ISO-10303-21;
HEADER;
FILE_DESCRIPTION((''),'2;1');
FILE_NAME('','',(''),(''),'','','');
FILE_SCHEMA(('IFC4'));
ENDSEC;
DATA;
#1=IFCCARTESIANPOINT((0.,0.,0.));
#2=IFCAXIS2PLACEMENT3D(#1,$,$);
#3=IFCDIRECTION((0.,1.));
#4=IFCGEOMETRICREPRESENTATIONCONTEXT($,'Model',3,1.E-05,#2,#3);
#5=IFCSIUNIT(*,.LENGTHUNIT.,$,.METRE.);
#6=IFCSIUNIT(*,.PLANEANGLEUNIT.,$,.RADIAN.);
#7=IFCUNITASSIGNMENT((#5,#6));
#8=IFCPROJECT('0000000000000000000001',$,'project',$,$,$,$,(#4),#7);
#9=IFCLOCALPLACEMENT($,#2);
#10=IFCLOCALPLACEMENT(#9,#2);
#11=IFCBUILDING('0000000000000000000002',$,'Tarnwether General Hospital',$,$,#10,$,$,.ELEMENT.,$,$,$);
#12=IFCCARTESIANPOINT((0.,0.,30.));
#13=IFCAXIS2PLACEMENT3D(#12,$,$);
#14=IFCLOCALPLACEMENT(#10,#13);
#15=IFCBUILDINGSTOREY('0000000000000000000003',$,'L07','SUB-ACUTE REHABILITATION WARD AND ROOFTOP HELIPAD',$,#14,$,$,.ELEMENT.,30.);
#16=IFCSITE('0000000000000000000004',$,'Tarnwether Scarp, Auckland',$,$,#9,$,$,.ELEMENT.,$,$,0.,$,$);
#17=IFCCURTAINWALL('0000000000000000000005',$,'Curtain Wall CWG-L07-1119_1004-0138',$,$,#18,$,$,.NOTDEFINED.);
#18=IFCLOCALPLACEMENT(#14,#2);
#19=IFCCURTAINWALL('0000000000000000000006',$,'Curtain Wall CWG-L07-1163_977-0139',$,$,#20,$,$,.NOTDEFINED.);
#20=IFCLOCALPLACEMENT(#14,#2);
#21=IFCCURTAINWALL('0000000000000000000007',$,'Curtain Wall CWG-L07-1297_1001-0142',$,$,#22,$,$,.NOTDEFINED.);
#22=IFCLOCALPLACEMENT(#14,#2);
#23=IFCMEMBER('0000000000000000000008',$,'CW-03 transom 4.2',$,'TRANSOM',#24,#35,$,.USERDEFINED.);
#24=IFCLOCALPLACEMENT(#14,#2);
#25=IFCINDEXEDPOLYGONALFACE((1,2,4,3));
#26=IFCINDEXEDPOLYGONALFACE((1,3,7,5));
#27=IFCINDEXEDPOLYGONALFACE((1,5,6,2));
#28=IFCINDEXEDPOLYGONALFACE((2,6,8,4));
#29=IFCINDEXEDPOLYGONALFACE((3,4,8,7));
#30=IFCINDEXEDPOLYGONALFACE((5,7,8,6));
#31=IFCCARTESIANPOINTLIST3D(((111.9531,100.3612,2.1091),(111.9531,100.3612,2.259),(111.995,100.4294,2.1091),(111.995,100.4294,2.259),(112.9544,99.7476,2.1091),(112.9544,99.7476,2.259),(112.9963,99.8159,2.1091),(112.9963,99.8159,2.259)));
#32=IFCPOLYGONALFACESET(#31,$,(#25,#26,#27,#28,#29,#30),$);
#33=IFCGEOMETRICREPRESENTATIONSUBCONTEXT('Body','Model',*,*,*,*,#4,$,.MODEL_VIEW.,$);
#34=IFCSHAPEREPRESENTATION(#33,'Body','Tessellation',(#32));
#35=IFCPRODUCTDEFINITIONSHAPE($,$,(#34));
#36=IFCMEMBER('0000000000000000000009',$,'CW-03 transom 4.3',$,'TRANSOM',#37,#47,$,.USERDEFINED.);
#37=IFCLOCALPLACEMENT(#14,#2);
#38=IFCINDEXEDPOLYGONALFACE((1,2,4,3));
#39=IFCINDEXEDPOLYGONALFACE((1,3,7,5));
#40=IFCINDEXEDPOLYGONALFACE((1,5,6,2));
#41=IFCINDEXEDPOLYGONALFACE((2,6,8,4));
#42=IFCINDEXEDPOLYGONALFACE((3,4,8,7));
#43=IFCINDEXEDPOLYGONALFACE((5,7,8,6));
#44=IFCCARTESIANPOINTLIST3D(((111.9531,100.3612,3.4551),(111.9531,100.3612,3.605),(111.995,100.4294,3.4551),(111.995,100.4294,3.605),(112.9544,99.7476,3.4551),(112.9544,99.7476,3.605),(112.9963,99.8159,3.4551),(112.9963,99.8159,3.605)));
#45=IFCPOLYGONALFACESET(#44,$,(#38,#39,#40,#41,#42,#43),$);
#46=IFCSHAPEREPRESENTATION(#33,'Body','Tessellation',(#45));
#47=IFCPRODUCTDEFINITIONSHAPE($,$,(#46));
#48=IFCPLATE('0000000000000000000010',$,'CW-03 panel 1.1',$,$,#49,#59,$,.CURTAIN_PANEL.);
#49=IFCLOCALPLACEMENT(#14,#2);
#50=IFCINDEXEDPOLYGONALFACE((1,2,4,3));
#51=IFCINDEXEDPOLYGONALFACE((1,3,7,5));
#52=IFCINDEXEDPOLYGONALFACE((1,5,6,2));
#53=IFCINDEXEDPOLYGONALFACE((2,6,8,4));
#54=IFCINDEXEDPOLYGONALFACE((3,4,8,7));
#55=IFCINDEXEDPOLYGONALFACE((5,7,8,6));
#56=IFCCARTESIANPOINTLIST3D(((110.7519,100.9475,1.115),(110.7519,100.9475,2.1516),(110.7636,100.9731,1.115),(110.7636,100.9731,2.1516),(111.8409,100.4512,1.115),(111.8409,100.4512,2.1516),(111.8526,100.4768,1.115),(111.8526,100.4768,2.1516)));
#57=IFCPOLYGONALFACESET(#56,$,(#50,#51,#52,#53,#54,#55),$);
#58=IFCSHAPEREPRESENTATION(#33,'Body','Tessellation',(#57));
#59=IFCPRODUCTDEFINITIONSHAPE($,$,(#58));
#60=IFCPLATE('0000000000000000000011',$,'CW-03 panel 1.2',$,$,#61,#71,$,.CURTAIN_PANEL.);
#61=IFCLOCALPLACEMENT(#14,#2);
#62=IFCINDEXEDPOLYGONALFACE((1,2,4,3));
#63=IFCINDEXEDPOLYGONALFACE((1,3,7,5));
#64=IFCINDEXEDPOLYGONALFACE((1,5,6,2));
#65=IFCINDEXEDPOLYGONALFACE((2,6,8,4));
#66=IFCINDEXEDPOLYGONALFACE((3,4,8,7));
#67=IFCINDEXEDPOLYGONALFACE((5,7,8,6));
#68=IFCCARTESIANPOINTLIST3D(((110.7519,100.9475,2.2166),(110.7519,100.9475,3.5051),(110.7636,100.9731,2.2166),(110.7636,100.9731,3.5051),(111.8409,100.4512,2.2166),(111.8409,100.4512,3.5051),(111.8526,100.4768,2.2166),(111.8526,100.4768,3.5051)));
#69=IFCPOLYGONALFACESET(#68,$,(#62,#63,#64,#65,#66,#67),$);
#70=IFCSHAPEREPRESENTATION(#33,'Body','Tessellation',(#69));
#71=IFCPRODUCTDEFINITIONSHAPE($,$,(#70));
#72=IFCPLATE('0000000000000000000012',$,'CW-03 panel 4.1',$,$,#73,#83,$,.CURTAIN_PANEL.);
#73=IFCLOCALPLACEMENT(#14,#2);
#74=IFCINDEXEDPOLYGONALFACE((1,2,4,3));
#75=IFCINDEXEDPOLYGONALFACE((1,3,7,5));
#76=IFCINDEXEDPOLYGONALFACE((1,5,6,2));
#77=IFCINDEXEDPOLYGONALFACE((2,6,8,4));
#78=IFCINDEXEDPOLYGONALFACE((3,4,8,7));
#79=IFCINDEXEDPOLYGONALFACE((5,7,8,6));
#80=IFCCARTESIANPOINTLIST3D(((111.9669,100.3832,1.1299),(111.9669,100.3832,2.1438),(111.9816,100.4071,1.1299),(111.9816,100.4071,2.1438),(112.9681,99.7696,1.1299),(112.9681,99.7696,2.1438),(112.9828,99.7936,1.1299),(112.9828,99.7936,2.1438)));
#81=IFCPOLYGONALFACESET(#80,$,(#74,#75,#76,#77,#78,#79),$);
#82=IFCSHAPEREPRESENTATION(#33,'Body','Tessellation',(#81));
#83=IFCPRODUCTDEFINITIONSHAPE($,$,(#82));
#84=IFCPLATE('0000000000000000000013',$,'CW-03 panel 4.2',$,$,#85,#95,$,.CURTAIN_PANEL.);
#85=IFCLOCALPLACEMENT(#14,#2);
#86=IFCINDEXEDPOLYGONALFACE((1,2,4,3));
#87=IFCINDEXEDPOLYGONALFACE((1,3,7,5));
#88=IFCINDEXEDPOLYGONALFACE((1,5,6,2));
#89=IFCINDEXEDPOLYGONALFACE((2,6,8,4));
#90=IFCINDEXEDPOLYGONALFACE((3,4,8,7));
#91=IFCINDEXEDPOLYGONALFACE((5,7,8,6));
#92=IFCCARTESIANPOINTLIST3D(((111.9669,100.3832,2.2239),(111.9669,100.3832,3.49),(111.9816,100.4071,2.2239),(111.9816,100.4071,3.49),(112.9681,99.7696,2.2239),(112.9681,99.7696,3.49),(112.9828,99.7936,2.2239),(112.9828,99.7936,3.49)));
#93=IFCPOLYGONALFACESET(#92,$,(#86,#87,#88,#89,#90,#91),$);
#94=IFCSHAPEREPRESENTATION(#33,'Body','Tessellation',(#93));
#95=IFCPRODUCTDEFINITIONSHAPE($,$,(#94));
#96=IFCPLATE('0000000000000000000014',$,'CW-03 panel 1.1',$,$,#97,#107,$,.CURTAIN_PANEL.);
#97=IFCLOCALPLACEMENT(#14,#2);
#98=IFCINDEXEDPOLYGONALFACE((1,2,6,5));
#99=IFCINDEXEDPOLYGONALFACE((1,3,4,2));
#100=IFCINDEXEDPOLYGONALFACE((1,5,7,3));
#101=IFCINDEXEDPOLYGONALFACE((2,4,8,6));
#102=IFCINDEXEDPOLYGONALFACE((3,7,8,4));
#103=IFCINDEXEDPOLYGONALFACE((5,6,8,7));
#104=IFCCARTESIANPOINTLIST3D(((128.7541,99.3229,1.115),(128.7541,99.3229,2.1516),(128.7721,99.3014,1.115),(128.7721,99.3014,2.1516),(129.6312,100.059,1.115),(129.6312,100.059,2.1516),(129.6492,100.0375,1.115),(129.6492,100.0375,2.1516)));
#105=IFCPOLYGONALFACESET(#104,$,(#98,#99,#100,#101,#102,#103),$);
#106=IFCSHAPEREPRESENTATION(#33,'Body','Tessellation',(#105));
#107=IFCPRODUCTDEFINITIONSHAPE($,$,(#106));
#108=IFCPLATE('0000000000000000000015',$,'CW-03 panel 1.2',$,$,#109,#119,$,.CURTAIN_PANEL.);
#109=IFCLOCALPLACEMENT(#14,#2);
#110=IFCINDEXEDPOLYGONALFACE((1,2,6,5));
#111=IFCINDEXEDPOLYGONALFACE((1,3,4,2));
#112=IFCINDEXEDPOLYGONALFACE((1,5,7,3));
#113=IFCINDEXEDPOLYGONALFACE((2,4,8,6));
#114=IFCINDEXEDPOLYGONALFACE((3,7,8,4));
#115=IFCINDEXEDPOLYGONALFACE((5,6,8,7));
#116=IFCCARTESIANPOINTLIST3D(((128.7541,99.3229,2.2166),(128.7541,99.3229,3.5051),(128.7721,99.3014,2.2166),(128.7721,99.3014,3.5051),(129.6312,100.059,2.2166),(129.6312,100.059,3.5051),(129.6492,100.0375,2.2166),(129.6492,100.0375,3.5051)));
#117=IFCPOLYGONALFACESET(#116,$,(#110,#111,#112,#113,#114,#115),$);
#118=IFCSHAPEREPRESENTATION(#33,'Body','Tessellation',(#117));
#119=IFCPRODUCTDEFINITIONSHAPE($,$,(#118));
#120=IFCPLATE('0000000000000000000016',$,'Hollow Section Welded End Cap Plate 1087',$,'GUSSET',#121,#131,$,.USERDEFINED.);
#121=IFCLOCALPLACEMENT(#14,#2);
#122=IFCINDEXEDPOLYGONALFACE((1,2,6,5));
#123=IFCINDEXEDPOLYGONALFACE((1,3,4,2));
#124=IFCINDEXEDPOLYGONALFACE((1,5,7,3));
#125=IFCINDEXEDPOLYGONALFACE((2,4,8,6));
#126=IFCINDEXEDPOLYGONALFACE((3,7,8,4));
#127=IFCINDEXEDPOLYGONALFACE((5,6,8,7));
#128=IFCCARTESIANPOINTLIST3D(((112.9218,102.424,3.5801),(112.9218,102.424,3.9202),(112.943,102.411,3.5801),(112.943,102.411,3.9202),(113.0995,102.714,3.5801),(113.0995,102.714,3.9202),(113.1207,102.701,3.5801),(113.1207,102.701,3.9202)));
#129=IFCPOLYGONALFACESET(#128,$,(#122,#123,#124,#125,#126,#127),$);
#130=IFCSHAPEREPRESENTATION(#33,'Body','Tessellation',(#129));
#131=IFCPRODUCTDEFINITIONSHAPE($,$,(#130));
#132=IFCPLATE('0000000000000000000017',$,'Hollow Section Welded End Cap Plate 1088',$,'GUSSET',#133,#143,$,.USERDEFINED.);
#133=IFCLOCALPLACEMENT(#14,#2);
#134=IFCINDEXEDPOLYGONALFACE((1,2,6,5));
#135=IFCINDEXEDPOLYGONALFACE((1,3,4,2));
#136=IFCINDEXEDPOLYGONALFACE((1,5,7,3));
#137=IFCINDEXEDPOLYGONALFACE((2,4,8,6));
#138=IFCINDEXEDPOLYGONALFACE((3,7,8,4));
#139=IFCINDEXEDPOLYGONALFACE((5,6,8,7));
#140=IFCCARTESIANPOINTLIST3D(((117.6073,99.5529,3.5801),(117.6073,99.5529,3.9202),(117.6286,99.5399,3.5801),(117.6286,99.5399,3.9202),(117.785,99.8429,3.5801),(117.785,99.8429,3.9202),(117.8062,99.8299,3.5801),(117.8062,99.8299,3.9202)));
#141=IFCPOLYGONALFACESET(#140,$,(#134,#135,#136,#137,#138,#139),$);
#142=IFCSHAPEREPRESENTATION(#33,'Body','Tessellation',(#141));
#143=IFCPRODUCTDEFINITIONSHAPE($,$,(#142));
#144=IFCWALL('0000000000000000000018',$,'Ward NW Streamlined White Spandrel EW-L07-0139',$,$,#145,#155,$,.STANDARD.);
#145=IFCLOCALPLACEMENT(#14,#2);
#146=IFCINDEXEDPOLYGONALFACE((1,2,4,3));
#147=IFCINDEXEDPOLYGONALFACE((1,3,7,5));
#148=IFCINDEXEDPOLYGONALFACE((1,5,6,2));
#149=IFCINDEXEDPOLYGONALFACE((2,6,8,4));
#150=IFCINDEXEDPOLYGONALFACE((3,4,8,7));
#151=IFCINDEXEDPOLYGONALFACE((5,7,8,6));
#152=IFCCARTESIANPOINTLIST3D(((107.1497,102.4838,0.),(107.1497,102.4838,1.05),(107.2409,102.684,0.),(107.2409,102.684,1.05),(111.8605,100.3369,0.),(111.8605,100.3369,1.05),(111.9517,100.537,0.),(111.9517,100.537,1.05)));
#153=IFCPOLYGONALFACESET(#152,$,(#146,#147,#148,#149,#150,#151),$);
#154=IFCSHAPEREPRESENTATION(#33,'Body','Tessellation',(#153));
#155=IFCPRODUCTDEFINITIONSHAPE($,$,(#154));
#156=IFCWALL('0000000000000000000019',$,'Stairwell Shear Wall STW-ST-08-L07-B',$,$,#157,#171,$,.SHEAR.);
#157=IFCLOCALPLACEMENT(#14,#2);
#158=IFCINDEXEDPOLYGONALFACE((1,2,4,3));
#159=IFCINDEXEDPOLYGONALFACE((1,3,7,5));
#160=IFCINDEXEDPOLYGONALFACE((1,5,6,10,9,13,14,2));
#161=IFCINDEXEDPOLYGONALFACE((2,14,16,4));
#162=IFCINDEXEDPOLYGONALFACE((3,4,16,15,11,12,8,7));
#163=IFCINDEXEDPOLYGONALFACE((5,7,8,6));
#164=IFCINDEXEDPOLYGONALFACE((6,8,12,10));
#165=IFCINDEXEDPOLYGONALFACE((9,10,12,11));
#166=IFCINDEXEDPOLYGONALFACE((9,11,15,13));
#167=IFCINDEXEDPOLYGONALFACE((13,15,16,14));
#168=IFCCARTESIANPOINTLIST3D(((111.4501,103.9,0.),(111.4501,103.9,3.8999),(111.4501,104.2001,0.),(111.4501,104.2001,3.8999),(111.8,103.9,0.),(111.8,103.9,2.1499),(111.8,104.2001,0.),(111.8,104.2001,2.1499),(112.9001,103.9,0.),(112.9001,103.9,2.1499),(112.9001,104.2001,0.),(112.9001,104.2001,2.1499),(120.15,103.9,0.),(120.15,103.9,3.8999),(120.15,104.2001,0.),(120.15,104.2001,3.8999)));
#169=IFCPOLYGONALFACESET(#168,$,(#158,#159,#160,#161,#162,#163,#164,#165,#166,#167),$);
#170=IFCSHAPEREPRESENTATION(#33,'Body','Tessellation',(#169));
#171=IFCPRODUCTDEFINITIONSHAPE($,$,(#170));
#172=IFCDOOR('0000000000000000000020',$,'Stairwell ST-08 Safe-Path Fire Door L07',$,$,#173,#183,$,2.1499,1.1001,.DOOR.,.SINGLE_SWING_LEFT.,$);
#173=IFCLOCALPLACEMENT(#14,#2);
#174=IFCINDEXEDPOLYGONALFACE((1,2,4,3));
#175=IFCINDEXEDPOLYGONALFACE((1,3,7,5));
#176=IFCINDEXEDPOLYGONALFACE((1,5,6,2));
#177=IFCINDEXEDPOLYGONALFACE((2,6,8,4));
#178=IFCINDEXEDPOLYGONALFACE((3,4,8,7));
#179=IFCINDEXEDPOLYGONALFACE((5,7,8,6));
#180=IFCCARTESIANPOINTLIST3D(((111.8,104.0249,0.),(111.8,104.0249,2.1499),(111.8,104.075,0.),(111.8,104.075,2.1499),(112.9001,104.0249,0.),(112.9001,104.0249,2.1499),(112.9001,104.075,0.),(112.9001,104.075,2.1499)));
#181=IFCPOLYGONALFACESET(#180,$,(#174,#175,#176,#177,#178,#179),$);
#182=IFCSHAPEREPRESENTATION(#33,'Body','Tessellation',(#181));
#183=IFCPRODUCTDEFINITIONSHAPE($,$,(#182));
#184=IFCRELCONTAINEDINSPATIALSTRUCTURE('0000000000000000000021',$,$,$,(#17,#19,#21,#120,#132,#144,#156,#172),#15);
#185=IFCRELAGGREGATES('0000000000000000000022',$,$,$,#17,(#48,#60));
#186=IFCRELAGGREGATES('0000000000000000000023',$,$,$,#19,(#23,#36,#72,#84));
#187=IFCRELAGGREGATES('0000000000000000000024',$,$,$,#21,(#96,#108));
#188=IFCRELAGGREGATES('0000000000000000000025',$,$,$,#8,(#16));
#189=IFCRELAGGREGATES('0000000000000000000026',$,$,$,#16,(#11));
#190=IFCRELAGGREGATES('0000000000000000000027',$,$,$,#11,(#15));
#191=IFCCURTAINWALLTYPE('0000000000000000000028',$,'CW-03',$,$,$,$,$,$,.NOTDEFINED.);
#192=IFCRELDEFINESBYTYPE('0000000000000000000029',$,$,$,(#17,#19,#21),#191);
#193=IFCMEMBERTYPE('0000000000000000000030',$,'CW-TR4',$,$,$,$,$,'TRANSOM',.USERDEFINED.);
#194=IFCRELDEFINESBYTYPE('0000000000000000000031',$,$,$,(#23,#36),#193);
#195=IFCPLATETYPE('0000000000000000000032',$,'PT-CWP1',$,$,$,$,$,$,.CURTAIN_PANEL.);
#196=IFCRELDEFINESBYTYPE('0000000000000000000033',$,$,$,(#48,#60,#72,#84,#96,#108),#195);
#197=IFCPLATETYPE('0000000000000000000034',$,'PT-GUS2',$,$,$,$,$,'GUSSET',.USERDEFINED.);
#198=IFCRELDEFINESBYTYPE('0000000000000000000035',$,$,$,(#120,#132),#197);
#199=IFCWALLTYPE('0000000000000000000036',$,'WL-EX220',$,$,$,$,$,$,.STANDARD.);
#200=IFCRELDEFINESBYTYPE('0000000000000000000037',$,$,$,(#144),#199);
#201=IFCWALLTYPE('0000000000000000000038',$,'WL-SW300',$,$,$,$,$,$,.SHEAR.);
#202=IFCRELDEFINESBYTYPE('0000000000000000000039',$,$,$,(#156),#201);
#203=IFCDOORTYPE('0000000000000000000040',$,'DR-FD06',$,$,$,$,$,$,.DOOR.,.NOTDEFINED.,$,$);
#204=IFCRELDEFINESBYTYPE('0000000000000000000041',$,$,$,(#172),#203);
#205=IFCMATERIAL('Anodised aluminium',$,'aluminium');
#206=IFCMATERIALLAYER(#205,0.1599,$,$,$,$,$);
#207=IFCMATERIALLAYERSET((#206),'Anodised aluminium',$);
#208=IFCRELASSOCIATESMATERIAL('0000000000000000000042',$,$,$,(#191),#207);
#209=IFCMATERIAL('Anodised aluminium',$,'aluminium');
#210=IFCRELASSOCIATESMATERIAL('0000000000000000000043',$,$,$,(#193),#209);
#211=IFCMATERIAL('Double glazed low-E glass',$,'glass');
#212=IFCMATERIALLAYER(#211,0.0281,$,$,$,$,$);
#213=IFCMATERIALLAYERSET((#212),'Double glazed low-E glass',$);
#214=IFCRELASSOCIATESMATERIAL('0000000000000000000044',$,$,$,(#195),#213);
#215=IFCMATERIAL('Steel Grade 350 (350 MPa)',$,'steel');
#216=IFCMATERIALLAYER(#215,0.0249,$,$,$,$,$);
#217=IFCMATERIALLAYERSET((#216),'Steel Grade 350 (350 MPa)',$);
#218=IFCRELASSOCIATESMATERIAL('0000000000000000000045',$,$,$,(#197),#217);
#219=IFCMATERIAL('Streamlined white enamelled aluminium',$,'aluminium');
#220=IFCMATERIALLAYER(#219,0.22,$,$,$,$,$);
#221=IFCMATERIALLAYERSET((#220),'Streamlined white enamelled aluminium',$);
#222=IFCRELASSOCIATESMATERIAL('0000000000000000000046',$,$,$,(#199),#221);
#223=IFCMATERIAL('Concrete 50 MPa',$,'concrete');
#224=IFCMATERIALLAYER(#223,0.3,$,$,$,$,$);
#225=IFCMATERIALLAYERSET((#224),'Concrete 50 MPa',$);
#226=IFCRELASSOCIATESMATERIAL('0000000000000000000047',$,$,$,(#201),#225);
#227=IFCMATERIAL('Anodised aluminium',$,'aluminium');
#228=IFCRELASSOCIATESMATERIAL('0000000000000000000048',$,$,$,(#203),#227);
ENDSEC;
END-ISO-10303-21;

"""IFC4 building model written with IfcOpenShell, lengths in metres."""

from ifc_helpers import new_model, si_unit, direction, frame, frame_2d, origin, origin_2d, place, context, subcontext, project, spatial, rectangle, extrude, material, layer, layer_set, material_profile, profile_set, type_object, element, fill, aggregate, save


model = new_model("IFC4")

# Units and contexts
model_context = context("Model", 3, precision=1e-05, world=origin(), true_north=direction((0.0, 1.0)))
body_context = subcontext(model_context, "Body", "Model", "MODEL_VIEW")
ifc_project = project(units=[si_unit("LENGTHUNIT", "METRE"), si_unit("PLANEANGLEUNIT", "RADIAN")], contexts=[model_context])

# Site, building, storey
site_placement = place(None, origin())
site = spatial("IfcSite", under=ifc_project, at=site_placement, Name="Tarnwether Scarp, Auckland", CompositionType="ELEMENT", RefElevation=0.0)
building_placement = place(site_placement, origin())
building = spatial("IfcBuilding", under=site, at=building_placement, Name="Tarnwether General Hospital", CompositionType="ELEMENT")
storey_placement = place(building_placement, frame((0.0, 0.0, 30.0)))
storey = spatial("IfcBuildingStorey", under=building, at=storey_placement, Name="L07", Description="SUB-ACUTE REHABILITATION WARD AND ROOFTOP HELIPAD", CompositionType="ELEMENT", Elevation=30.0)

# Curtain walls
ifc_material_1 = material(Name="Anodised aluminium", Category="aluminium")
ifc_layer_1 = layer(ifc_material_1, 0.1599)
ifc_layer_set_1 = layer_set([ifc_layer_1], Name="Anodised aluminium")
curtain_wall_type = type_object("IfcCurtainWallType", Name="CW-03", PredefinedType="NOTDEFINED", material=ifc_layer_set_1)
curtain_wall_1_placement = place(storey_placement, origin())
curtain_wall_1 = element("IfcCurtainWall", 1, at=curtain_wall_1_placement, inside=storey, type_object=curtain_wall_type, Name="Curtain Wall CWG-L07-1119_1004-0138", PredefinedType="NOTDEFINED")
curtain_wall_2_placement = place(storey_placement, origin())
curtain_wall_2 = element("IfcCurtainWall", 2, at=curtain_wall_2_placement, inside=storey, type_object=curtain_wall_type, Name="Curtain Wall CWG-L07-1163_977-0139", PredefinedType="NOTDEFINED")

# Curtain wall
curtain_wall_3_placement = place(storey_placement, origin())
curtain_wall_3 = element("IfcCurtainWall", 3, at=curtain_wall_3_placement, inside=storey, type_object=curtain_wall_type, Name="Curtain Wall CWG-L07-1297_1001-0142", PredefinedType="NOTDEFINED")

# Members
ifc_material_2 = material(Name="Anodised aluminium", Category="aluminium")
ifc_material_profile_1 = material_profile(ifc_material_2, rectangle(XDim=0.0801, YDim=0.1499, at=origin_2d()), Name="ALU-TRN-80x150")
ifc_profile_set_1 = profile_set([ifc_material_profile_1], Name="Anodised aluminium")
member_type_1 = type_object("IfcMemberType", Name="CW-TR4", ElementType="TRANSOM", PredefinedType="USERDEFINED", material=ifc_profile_set_1)
member_1_placement = place(storey_placement, frame((112.9753, 99.7817, 2.1841), z_axis=(-0.852649, 0.522484, 0.0), x_axis=(-0.522484, -0.852649, 0.0)))
member_1 = element("IfcMember", 4, at=member_1_placement, type_object=member_type_1, Name="CW-03 transom 4.2", ObjectType="TRANSOM", PredefinedType="USERDEFINED", context=body_context, shape_type="SweptSolid", body=[
    extrude(rectangle(XDim=0.0801, YDim=0.1499, at=origin_2d()), origin(), (0.0, 0.0, 1.0), 1.1743),
])
member_2_placement = place(storey_placement, frame((112.9753, 99.7817, 3.53), z_axis=(-0.852649, 0.522484, 0.0), x_axis=(-0.522484, -0.852649, 0.0)))
member_2 = element("IfcMember", 5, at=member_2_placement, type_object=member_type_1, Name="CW-03 transom 4.3", ObjectType="TRANSOM", PredefinedType="USERDEFINED", context=body_context, shape_type="SweptSolid", body=[
    extrude(rectangle(XDim=0.0801, YDim=0.1499, at=origin_2d()), origin(), (0.0, 0.0, 1.0), 1.1743),
])

# Plates
ifc_material_3 = material(Name="Double glazed low-E glass", Category="glass")
ifc_layer_2 = layer(ifc_material_3, 0.0281)
ifc_layer_set_2 = layer_set([ifc_layer_2], Name="Double glazed low-E glass")
plate_type_1 = type_object("IfcPlateType", Name="PT-CWP1", PredefinedType="CURTAIN_PANEL", material=ifc_layer_set_2)
plate_1_placement = place(storey_placement, frame((111.3022, 100.7122, 1.115), z_axis=(0.0, 0.0, 1.0), x_axis=(-0.909956, 0.414705, 0.0)))
plate_1 = element("IfcPlate", 6, at=plate_1_placement, type_object=plate_type_1, Name="CW-03 panel 1.1", PredefinedType="CURTAIN_PANEL", context=body_context, shape_type="SweptSolid", body=[
    extrude(rectangle(XDim=1.1968, YDim=0.0281, at=origin_2d()), origin(), (0.0, 0.0, 1.0), 1.0366),
])
plate_2_placement = place(storey_placement, frame((111.3022, 100.7122, 2.2166), z_axis=(0.0, 0.0, 1.0), x_axis=(-0.909956, 0.414705, 0.0)))
plate_2 = element("IfcPlate", 7, at=plate_2_placement, type_object=plate_type_1, Name="CW-03 panel 1.2", PredefinedType="CURTAIN_PANEL", context=body_context, shape_type="SweptSolid", body=[
    extrude(rectangle(XDim=1.1968, YDim=0.0281, at=origin_2d()), origin(), (0.0, 0.0, 1.0), 1.2886),
])
aggregate(curtain_wall_1, [plate_1, plate_2])
plate_3_placement = place(storey_placement, frame((112.4749, 100.0884, 1.1299), z_axis=(0.0, 0.0, 1.0), x_axis=(-0.852632, 0.522512, 0.0)))
plate_3 = element("IfcPlate", 8, at=plate_3_placement, type_object=plate_type_1, Name="CW-03 panel 4.1", PredefinedType="CURTAIN_PANEL", context=body_context, shape_type="SweptSolid", body=[
    extrude(rectangle(XDim=1.1743, YDim=0.0281, at=origin_2d()), origin(), (0.0, 0.0, 1.0), 1.0139),
])
plate_4_placement = place(storey_placement, frame((112.4749, 100.0884, 2.2239), z_axis=(0.0, 0.0, 1.0), x_axis=(-0.852632, 0.522512, 0.0)))
plate_4 = element("IfcPlate", 9, at=plate_4_placement, type_object=plate_type_1, Name="CW-03 panel 4.2", PredefinedType="CURTAIN_PANEL", context=body_context, shape_type="SweptSolid", body=[
    extrude(rectangle(XDim=1.1743, YDim=0.0281, at=origin_2d()), origin(), (0.0, 0.0, 1.0), 1.2661),
])
aggregate(curtain_wall_2, [member_1, member_2, plate_3, plate_4])
plate_5_placement = place(storey_placement, frame((129.2017, 99.6802, 1.115), z_axis=(0.0, 0.0, 1.0), x_axis=(-0.76599, -0.642852, 0.0)))
plate_5 = element("IfcPlate", 10, at=plate_5_placement, type_object=plate_type_1, Name="CW-03 panel 1.1", PredefinedType="CURTAIN_PANEL", context=body_context, shape_type="SweptSolid", body=[
    extrude(rectangle(XDim=1.145, YDim=0.0281, at=origin_2d()), origin(), (0.0, 0.0, 1.0), 1.0366),
])
plate_6_placement = place(storey_placement, frame((129.2017, 99.6802, 2.2166), z_axis=(0.0, 0.0, 1.0), x_axis=(-0.76599, -0.642852, 0.0)))
plate_6 = element("IfcPlate", 11, at=plate_6_placement, type_object=plate_type_1, Name="CW-03 panel 1.2", PredefinedType="CURTAIN_PANEL", context=body_context, shape_type="SweptSolid", body=[
    extrude(rectangle(XDim=1.145, YDim=0.0281, at=origin_2d()), origin(), (0.0, 0.0, 1.0), 1.2886),
])
aggregate(curtain_wall_3, [plate_5, plate_6])

# Plates
ifc_material_4 = material(Name="Steel Grade 350 (350 MPa)", Category="steel")
ifc_layer_3 = layer(ifc_material_4, 0.0249)
ifc_layer_set_3 = layer_set([ifc_layer_3], Name="Steel Grade 350 (350 MPa)")
plate_type_2 = type_object("IfcPlateType", Name="PT-GUS2", ElementType="GUSSET", PredefinedType="USERDEFINED", material=ifc_layer_set_3)
for number, where, z_axis, x_axis, name in (
    (12, (113.0212, 102.5625, 3.5801), (0.0, 0.0, 1.0), (0.852649, -0.522484, 0.0), "Hollow Section Welded End Cap Plate 1087"),
    (13, (117.7068, 99.6914, 3.5801), (0.0, 0.0, 1.0), (0.852649, -0.522484, 0.0), "Hollow Section Welded End Cap Plate 1088"),
):
    element("IfcPlate", number, at=place(storey_placement, frame(where, z_axis=z_axis, x_axis=x_axis)), inside=storey, type_object=plate_type_2, Name=name, ObjectType="GUSSET", PredefinedType="USERDEFINED", context=body_context, shape_type="SweptSolid", body=[
        extrude(rectangle(XDim=0.0249, YDim=0.3401, at=origin_2d()), origin(), (0.0, 0.0, 1.0), 0.3401),
    ])

# Wall
ifc_material_5 = material(Name="Streamlined white enamelled aluminium", Category="aluminium")
ifc_layer_4 = layer(ifc_material_5, 0.22)
ifc_layer_set_4 = layer_set([ifc_layer_4], Name="Streamlined white enamelled aluminium")
wall_type_1 = type_object("IfcWallType", Name="WL-EX220", PredefinedType="STANDARD", material=ifc_layer_set_4)
wall_1_placement = place(storey_placement, frame((111.906, 100.437, 0.0), z_axis=(0.0, 0.0, 1.0), x_axis=(-0.909956, 0.414705, 0.0)))
element("IfcWall", 14, at=wall_1_placement, inside=storey, type_object=wall_type_1, Name="Ward NW Streamlined White Spandrel EW-L07-0139", PredefinedType="STANDARD", context=body_context, shape_type="SweptSolid", body=[
    extrude(rectangle(XDim=5.177, YDim=0.22, at=frame_2d((2.5884, 0.0))), origin(), (0.0, 0.0, 1.0), 1.05),
])

# Wall, opening, door
ifc_material_6 = material(Name="Concrete 50 MPa", Category="concrete")
ifc_layer_5 = layer(ifc_material_6, 0.3)
ifc_layer_set_5 = layer_set([ifc_layer_5], Name="Concrete 50 MPa")
wall_type_2 = type_object("IfcWallType", Name="WL-SW300", PredefinedType="SHEAR", material=ifc_layer_set_5)
wall_2_placement = place(storey_placement, frame((111.45, 104.05, 0.0), z_axis=(0.0, 0.0, 1.0), x_axis=(1.0, 0.0, 0.0)))
wall_2 = element("IfcWall", 15, at=wall_2_placement, inside=storey, type_object=wall_type_2, Name="Stairwell Shear Wall STW-ST-08-L07-B", PredefinedType="SHEAR", context=body_context, shape_type="SweptSolid", body=[
    extrude(rectangle(XDim=8.7, YDim=0.3, at=frame_2d((4.3501, 0.0))), origin(), (0.0, 0.0, 1.0), 3.8999),
])
opening_placement = place(wall_2_placement, frame((0.3501, 0.0, 0.0)))
opening = element("IfcOpeningElement", 16, at=opening_placement, cuts=wall_2, PredefinedType="OPENING", context=body_context, shape_type="SweptSolid", body=[
    extrude(rectangle(XDim=1.1001, YDim=2.1499, at=frame_2d((0.55, 1.075))), frame((0.0, 0.1602, 0.0), z_axis=(0.0, -1.0, 0.0), x_axis=(1.0, 0.0, 0.0)), (0.0, 0.0, 1.0), 0.3201),
])
ifc_material_7 = material(Name="Anodised aluminium", Category="aluminium")
door_type = type_object("IfcDoorType", Name="DR-FD06", OperationType="NOTDEFINED", PredefinedType="DOOR", material=ifc_material_7)
door_placement = place(opening_placement, origin())
door = element("IfcDoor", 17, at=door_placement, inside=storey, type_object=door_type, Name="Stairwell ST-08 Safe-Path Fire Door L07", OperationType="SINGLE_SWING_LEFT", OverallHeight=2.1499, OverallWidth=1.1001, PredefinedType="DOOR", context=body_context, shape_type="SweptSolid", body=[
    extrude(rectangle(XDim=1.1001, YDim=2.1499, at=frame_2d((0.55, 1.075))), frame((0.0, 0.0249, 0.0), z_axis=(0.0, -1.0, 0.0), x_axis=(1.0, 0.0, 0.0)), (0.0, 0.0, 1.0), 0.05),
])
fill(opening, door)

save(model, "model.ifc")
